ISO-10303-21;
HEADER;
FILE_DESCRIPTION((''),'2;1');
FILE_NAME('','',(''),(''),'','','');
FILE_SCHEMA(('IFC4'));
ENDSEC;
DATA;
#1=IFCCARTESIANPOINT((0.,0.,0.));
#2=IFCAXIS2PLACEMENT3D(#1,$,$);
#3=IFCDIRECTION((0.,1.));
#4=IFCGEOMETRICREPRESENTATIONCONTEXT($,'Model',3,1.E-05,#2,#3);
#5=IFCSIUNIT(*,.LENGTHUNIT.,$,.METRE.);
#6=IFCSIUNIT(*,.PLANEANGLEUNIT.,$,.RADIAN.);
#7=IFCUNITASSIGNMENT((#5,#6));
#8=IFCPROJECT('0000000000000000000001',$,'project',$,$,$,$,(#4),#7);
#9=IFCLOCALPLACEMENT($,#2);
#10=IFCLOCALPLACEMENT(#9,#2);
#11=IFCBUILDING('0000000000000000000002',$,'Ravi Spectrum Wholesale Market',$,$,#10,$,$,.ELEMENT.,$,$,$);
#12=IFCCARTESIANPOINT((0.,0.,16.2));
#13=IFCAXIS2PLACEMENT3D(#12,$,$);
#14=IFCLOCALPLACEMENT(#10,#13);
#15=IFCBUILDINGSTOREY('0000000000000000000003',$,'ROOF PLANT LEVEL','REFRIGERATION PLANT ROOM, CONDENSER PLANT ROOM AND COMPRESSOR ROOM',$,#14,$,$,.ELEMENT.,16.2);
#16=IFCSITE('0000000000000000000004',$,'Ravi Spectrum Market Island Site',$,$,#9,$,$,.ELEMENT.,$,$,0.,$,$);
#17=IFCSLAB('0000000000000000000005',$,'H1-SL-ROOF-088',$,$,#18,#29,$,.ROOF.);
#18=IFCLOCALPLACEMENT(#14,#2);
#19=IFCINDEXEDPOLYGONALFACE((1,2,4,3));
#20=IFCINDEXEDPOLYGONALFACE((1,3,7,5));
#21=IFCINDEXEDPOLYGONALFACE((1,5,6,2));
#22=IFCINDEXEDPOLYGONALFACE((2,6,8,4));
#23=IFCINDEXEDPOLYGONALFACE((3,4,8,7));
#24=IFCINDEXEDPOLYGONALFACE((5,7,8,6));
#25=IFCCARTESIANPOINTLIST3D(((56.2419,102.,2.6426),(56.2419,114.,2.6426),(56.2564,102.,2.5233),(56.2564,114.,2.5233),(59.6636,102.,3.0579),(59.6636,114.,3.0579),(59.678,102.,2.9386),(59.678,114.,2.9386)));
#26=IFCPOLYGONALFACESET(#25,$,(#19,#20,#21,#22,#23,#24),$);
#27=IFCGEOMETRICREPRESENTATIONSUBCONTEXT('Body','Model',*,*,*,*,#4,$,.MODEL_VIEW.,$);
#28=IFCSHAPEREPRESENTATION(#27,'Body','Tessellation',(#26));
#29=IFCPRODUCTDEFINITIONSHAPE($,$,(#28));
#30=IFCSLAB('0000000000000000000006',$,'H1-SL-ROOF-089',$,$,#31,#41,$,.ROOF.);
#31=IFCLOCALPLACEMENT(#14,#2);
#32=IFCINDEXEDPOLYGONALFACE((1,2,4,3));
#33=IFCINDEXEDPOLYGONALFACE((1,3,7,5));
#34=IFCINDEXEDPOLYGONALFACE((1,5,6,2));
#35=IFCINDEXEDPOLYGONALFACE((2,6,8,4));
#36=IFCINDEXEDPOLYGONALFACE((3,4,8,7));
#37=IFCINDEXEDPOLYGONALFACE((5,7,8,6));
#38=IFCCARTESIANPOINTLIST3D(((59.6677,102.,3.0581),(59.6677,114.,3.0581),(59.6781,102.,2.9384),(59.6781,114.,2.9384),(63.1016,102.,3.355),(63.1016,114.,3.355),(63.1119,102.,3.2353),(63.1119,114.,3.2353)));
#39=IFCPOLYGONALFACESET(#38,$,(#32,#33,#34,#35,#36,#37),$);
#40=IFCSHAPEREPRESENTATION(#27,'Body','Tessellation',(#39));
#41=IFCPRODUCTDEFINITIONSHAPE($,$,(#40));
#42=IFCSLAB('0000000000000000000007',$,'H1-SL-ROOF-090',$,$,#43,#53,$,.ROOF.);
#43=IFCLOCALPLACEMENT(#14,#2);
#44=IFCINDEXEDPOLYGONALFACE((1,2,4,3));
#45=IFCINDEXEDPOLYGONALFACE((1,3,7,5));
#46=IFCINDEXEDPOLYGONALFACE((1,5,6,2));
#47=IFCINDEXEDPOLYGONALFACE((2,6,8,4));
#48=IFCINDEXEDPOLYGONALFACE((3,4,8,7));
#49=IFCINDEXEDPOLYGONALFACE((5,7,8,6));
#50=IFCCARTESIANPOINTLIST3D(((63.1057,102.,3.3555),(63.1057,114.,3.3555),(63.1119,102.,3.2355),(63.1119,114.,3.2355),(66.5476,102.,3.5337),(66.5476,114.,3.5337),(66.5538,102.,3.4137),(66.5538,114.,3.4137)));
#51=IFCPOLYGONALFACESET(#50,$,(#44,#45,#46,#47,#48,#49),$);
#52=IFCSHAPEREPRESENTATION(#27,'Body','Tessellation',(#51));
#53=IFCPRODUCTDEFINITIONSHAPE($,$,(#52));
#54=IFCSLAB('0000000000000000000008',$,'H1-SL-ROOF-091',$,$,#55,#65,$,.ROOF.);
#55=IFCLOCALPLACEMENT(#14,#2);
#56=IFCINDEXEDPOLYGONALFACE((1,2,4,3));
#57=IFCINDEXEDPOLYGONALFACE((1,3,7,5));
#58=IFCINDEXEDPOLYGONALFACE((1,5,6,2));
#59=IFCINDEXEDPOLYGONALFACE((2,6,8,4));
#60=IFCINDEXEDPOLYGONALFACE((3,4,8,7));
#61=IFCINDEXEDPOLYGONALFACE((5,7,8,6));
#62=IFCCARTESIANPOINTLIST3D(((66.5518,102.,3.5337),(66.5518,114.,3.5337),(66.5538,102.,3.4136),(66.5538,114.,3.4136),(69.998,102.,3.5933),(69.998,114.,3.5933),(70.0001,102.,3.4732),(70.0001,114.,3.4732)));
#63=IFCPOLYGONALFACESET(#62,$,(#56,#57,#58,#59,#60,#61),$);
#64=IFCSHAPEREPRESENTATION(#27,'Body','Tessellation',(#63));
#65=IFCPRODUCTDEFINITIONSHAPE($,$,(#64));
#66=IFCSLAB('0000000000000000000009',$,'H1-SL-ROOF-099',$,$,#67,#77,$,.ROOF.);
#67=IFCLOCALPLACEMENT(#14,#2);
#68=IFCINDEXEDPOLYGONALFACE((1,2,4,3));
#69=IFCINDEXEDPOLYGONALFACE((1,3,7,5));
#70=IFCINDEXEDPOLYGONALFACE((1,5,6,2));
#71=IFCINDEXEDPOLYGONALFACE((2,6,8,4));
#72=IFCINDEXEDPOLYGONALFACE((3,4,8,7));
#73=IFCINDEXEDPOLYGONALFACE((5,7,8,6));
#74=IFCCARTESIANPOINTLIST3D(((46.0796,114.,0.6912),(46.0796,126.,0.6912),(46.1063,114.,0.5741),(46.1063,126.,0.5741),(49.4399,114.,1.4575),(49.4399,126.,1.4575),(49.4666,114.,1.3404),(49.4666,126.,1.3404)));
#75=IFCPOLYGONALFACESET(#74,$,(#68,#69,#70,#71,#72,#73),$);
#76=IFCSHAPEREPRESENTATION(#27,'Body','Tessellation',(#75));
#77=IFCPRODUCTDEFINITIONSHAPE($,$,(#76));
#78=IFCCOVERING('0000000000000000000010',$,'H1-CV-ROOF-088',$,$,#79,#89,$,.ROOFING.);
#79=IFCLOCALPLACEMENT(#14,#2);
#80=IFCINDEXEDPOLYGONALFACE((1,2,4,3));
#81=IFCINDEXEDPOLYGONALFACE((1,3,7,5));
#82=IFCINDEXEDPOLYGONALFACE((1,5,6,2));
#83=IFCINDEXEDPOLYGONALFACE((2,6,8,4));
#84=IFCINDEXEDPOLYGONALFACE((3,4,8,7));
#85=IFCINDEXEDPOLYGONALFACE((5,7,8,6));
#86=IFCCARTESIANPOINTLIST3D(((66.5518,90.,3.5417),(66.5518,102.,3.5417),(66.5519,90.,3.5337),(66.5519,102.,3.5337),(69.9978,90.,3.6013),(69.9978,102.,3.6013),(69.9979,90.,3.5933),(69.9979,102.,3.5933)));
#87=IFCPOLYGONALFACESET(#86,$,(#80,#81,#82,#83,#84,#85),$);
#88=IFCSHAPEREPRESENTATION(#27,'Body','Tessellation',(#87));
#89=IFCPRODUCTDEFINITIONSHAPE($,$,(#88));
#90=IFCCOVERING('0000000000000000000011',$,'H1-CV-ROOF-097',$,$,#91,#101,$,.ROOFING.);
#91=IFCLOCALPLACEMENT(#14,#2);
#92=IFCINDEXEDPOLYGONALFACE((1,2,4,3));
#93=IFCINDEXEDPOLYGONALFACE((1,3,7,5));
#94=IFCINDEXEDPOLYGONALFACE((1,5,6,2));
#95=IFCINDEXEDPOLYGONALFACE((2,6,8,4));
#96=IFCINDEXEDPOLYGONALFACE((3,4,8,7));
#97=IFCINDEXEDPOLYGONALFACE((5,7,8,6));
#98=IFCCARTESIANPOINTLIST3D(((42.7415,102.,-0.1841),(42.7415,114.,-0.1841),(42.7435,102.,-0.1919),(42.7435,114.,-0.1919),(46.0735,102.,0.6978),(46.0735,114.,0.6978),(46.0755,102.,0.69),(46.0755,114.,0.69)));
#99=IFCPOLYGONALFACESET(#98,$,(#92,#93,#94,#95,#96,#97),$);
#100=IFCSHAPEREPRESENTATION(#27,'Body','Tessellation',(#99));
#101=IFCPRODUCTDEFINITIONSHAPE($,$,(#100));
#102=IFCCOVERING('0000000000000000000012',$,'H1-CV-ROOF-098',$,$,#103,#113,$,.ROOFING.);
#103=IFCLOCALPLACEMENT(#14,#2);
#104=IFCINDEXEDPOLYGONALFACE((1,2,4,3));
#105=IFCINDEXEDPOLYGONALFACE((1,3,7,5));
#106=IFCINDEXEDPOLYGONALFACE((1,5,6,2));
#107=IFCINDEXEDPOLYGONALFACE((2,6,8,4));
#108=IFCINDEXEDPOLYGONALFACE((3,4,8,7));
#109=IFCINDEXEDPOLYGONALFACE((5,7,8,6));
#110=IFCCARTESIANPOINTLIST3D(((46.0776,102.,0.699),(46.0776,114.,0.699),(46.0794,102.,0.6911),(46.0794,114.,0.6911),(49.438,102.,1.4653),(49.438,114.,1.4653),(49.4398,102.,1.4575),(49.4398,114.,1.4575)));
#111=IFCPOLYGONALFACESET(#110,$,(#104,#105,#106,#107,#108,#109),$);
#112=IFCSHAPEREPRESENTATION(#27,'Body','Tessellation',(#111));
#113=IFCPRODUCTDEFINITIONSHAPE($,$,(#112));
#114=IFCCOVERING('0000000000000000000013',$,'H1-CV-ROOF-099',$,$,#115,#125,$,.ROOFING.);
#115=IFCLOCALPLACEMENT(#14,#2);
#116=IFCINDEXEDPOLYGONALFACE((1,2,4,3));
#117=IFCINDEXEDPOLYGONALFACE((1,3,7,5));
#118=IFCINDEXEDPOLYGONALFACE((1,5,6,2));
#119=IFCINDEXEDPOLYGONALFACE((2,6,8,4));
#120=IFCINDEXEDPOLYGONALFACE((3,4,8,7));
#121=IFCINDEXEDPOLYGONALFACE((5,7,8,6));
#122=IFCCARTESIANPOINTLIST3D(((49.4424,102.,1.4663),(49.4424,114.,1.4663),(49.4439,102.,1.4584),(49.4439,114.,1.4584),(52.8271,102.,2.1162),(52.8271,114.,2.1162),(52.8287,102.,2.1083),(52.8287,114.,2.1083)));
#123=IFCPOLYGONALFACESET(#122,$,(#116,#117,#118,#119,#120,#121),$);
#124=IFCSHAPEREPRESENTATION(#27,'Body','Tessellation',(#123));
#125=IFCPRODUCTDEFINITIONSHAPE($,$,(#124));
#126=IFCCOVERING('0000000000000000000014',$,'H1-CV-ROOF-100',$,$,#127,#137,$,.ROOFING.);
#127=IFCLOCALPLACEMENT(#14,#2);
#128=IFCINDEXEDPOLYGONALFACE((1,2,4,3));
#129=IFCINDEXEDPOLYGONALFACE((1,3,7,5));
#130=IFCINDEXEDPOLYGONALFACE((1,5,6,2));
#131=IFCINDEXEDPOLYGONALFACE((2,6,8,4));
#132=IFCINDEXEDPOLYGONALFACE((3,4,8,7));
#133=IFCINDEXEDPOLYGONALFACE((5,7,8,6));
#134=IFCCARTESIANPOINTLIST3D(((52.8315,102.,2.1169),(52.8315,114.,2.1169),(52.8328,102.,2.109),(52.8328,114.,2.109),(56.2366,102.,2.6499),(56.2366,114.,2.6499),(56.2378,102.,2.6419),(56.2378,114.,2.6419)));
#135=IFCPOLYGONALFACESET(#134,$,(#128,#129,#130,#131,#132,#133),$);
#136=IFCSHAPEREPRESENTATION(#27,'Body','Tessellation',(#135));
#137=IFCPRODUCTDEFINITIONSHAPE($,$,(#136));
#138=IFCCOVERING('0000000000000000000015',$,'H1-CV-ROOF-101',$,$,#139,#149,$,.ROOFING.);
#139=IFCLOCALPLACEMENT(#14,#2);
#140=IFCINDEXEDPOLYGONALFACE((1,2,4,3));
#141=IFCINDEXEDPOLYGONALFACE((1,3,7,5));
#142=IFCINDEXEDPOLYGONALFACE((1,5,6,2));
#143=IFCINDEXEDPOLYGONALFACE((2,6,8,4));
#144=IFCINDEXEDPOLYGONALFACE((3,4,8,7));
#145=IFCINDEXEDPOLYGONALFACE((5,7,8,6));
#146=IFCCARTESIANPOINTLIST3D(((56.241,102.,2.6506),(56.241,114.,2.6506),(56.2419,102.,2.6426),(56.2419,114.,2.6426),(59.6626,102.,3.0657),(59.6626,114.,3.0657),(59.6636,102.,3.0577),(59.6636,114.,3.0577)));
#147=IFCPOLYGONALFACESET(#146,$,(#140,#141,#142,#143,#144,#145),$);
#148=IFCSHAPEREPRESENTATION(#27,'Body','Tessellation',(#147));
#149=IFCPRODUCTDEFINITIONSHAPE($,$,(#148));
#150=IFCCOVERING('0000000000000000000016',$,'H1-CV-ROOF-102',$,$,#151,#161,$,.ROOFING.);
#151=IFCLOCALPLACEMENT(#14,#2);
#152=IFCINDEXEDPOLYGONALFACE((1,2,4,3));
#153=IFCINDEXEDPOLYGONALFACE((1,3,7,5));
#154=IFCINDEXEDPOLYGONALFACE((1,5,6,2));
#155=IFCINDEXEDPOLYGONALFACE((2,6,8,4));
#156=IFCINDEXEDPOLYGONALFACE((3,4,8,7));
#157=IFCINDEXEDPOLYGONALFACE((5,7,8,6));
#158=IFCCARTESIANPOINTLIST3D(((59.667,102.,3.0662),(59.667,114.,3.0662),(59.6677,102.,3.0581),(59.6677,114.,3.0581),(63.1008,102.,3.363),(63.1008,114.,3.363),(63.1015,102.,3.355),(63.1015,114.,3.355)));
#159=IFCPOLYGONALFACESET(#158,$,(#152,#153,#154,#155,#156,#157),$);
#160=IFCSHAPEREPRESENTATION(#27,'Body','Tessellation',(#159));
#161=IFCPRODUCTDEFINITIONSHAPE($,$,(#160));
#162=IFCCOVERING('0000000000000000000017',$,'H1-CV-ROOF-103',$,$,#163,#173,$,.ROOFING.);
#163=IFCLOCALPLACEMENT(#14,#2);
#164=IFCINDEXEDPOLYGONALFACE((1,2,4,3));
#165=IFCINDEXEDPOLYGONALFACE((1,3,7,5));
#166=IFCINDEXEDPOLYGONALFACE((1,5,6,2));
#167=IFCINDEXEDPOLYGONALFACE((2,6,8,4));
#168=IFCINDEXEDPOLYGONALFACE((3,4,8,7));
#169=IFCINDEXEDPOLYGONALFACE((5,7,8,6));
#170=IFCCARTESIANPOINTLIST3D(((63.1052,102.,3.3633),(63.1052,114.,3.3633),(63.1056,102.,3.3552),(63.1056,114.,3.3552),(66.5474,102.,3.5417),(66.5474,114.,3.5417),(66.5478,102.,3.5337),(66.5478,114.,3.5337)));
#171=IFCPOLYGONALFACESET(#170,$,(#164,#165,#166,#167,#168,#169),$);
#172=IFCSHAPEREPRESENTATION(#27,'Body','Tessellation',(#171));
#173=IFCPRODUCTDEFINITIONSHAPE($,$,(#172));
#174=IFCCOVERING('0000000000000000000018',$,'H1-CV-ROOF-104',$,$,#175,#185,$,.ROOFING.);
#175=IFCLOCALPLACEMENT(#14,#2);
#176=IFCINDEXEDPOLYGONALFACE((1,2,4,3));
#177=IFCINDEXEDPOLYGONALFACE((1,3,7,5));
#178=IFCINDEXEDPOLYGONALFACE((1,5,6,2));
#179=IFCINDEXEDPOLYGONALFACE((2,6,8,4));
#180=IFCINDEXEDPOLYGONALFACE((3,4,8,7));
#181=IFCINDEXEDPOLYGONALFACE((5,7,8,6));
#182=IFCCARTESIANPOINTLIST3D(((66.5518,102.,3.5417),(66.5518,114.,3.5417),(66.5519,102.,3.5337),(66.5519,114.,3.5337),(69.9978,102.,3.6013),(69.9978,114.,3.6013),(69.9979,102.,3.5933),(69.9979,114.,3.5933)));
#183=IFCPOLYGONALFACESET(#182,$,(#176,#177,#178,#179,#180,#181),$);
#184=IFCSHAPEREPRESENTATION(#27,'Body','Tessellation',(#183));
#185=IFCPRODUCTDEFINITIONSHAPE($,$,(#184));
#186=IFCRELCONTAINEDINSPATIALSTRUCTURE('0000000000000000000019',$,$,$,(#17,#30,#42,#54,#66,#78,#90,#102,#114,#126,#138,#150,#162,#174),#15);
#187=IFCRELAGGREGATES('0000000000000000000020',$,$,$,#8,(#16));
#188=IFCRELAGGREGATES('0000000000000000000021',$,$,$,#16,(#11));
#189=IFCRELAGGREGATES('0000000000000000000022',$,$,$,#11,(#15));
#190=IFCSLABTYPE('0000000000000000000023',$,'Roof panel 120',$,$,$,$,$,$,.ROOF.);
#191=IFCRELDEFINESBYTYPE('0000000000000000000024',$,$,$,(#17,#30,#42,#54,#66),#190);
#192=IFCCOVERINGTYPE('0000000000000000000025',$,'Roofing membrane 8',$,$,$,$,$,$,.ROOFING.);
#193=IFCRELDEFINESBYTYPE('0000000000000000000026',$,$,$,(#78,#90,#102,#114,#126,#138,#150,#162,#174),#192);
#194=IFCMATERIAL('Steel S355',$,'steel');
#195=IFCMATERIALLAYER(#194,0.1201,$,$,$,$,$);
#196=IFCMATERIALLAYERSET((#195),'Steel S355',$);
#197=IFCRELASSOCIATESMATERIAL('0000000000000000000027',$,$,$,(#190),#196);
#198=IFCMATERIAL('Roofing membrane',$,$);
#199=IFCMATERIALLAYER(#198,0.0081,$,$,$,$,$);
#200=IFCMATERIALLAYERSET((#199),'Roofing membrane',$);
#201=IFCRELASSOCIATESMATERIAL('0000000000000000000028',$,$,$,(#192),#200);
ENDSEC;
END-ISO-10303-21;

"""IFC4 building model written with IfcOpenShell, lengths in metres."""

from ifc_helpers import new_model, si_unit, direction, frame, origin, place, context, subcontext, project, spatial, polyline, outline, extrude, material, layer, layer_set, type_object, element, save


model = new_model("IFC4")

# Units and contexts
model_context = context("Model", 3, precision=1e-05, world=origin(), true_north=direction((0.0, 1.0)))
body_context = subcontext(model_context, "Body", "Model", "MODEL_VIEW")
ifc_project = project(units=[si_unit("LENGTHUNIT", "METRE"), si_unit("PLANEANGLEUNIT", "RADIAN")], contexts=[model_context])

# Site, building, storey
site_placement = place(None, origin())
site = spatial("IfcSite", under=ifc_project, at=site_placement, Name="Ravi Spectrum Market Island Site", CompositionType="ELEMENT", RefElevation=0.0)
building_placement = place(site_placement, origin())
building = spatial("IfcBuilding", under=site, at=building_placement, Name="Ravi Spectrum Wholesale Market", CompositionType="ELEMENT")
storey_placement = place(building_placement, frame((0.0, 0.0, 16.2)))
storey = spatial("IfcBuildingStorey", under=building, at=storey_placement, Name="ROOF PLANT LEVEL", Description="REFRIGERATION PLANT ROOM, CONDENSER PLANT ROOM AND COMPRESSOR ROOM", CompositionType="ELEMENT", Elevation=16.2)

# Slabs
ifc_material_1 = material(Name="Steel S355", Category="steel")
ifc_layer_1 = layer(ifc_material_1, 0.1201)
ifc_layer_set_1 = layer_set([ifc_layer_1], Name="Steel S355")
slab_type = type_object("IfcSlabType", Name="Roof panel 120", PredefinedType="ROOF", material=ifc_layer_set_1)
slab_1_placement = place(storey_placement, frame((56.2419, 102.0, 2.6426), z_axis=(-0.120486, 0.0, 0.992715), x_axis=(0.992715, 0.0, 0.120486)))
element("IfcSlab", 1, at=slab_1_placement, inside=storey, type_object=slab_type, Name="H1-SL-ROOF-088", PredefinedType="ROOF", context=body_context, shape_type="SweptSolid", body=[
    extrude(outline(polyline([(0.0, 0.0), (3.4467, 0.0), (3.4467, 12.0), (0.0, 12.0), (0.0, 0.0)])), origin(), (0.0, 0.0, -1.0), 0.1201),
])
slab_2_placement = place(storey_placement, frame((59.6677, 102.0, 3.0581), z_axis=(-0.086134, 0.0, 0.996284), x_axis=(0.996284, 0.0, 0.086134)))
element("IfcSlab", 2, at=slab_2_placement, inside=storey, type_object=slab_type, Name="H1-SL-ROOF-089", PredefinedType="ROOF", context=body_context, shape_type="SweptSolid", body=[
    extrude(outline(polyline([(0.0, 0.0), (3.4466, 0.0), (3.4466, 12.0), (0.0, 12.0), (0.0, 0.0)])), origin(), (0.0, 0.0, -1.0), 0.1201),
])
slab_3_placement = place(storey_placement, frame((63.1057, 102.0, 3.3555), z_axis=(-0.051711, 0.0, 0.998662), x_axis=(0.998662, 0.0, 0.051711)))
element("IfcSlab", 3, at=slab_3_placement, inside=storey, type_object=slab_type, Name="H1-SL-ROOF-090", PredefinedType="ROOF", context=body_context, shape_type="SweptSolid", body=[
    extrude(outline(polyline([(0.0, 0.0), (3.4465, 0.0), (3.4465, 12.0), (0.0, 12.0), (0.0, 0.0)])), origin(), (0.0, 0.0, -1.0), 0.1201),
])
slab_4_placement = place(storey_placement, frame((66.5518, 102.0, 3.5337), z_axis=(-0.017283, 0.0, 0.999851), x_axis=(0.999851, 0.0, 0.017283)))
element("IfcSlab", 4, at=slab_4_placement, inside=storey, type_object=slab_type, Name="H1-SL-ROOF-091", PredefinedType="ROOF", context=body_context, shape_type="SweptSolid", body=[
    extrude(outline(polyline([(0.0, 0.0), (3.4468, 0.0), (3.4468, 12.0), (0.0, 12.0), (0.0, 0.0)])), origin(), (0.0, 0.0, -1.0), 0.1201),
])
slab_5_placement = place(storey_placement, frame((46.0796, 114.0, 0.6912), z_axis=(-0.22235, 0.0, 0.974967), x_axis=(0.974967, 0.0, 0.22235)))
element("IfcSlab", 5, at=slab_5_placement, inside=storey, type_object=slab_type, Name="H1-SL-ROOF-099", PredefinedType="ROOF", context=body_context, shape_type="SweptSolid", body=[
    extrude(outline(polyline([(0.0, 0.0), (3.4466, 0.0), (3.4466, 12.0), (0.0, 12.0), (0.0, 0.0)])), origin(), (0.0, 0.0, -1.0), 0.1201),
])

# Coverings
ifc_material_2 = material(Name="Roofing membrane")
ifc_layer_2 = layer(ifc_material_2, 0.0081)
ifc_layer_set_2 = layer_set([ifc_layer_2], Name="Roofing membrane")
covering_type = type_object("IfcCoveringType", Name="Roofing membrane 8", PredefinedType="ROOFING", material=ifc_layer_set_2)
covering_1_placement = place(storey_placement, frame((66.5518, 90.0, 3.5417), z_axis=(-0.017284, 0.0, 0.999851), x_axis=(0.999851, 0.0, 0.017284)))
element("IfcCovering", 6, at=covering_1_placement, inside=storey, type_object=covering_type, Name="H1-CV-ROOF-088", PredefinedType="ROOFING", context=body_context, shape_type="SweptSolid", body=[
    extrude(outline(polyline([(0.0, 0.0), (3.4466, 0.0), (3.4466, 12.0), (0.0, 12.0), (0.0, 0.0)])), origin(), (0.0, 0.0, -1.0), 0.0081),
])
covering_2_placement = place(storey_placement, frame((42.7415, 102.0, -0.1841), z_axis=(-0.255846, 0.0, 0.966718), x_axis=(0.966718, 0.0, 0.255846)))
element("IfcCovering", 7, at=covering_2_placement, inside=storey, type_object=covering_type, Name="H1-CV-ROOF-097", PredefinedType="ROOFING", context=body_context, shape_type="SweptSolid", body=[
    extrude(outline(polyline([(0.0, 0.0), (3.4467, 0.0), (3.4467, 12.0), (0.0, 12.0), (0.0, 0.0)])), origin(), (0.0, 0.0, -1.0), 0.0081),
])
covering_3_placement = place(storey_placement, frame((46.0776, 102.0, 0.699), z_axis=(-0.22235, 0.0, 0.974967), x_axis=(0.974967, 0.0, 0.22235)))
element("IfcCovering", 8, at=covering_3_placement, inside=storey, type_object=covering_type, Name="H1-CV-ROOF-098", PredefinedType="ROOFING", context=body_context, shape_type="SweptSolid", body=[
    extrude(outline(polyline([(0.0, 0.0), (3.4466, 0.0), (3.4466, 12.0), (0.0, 12.0), (0.0, 0.0)])), origin(), (0.0, 0.0, -1.0), 0.0081),
])
covering_4_placement = place(storey_placement, frame((49.4424, 102.0, 1.4663), z_axis=(-0.188564, 0.0, 0.982061), x_axis=(0.982061, 0.0, 0.188564)))
element("IfcCovering", 9, at=covering_4_placement, inside=storey, type_object=covering_type, Name="H1-CV-ROOF-099", PredefinedType="ROOFING", context=body_context, shape_type="SweptSolid", body=[
    extrude(outline(polyline([(0.0, 0.0), (3.4466, 0.0), (3.4466, 12.0), (0.0, 12.0), (0.0, 0.0)])), origin(), (0.0, 0.0, -1.0), 0.0081),
])
covering_5_placement = place(storey_placement, frame((52.8315, 102.0, 2.1169), z_axis=(-0.154638, 0.0, 0.987971), x_axis=(0.987971, 0.0, 0.154638)))
element("IfcCovering", 10, at=covering_5_placement, inside=storey, type_object=covering_type, Name="H1-CV-ROOF-100", PredefinedType="ROOFING", context=body_context, shape_type="SweptSolid", body=[
    extrude(outline(polyline([(0.0, 0.0), (3.4465, 0.0), (3.4465, 12.0), (0.0, 12.0), (0.0, 0.0)])), origin(), (0.0, 0.0, -1.0), 0.0081),
])
covering_6_placement = place(storey_placement, frame((56.241, 102.0, 2.6506), z_axis=(-0.120416, 0.0, 0.992724), x_axis=(0.992724, 0.0, 0.120416)))
element("IfcCovering", 11, at=covering_6_placement, inside=storey, type_object=covering_type, Name="H1-CV-ROOF-101", PredefinedType="ROOFING", context=body_context, shape_type="SweptSolid", body=[
    extrude(outline(polyline([(0.0, 0.0), (3.4467, 0.0), (3.4467, 12.0), (0.0, 12.0), (0.0, 0.0)])), origin(), (0.0, 0.0, -1.0), 0.0081),
])
covering_7_placement = place(storey_placement, frame((59.667, 102.0, 3.0662), z_axis=(-0.086134, 0.0, 0.996284), x_axis=(0.996284, 0.0, 0.086134)))
element("IfcCovering", 12, at=covering_7_placement, inside=storey, type_object=covering_type, Name="H1-CV-ROOF-102", PredefinedType="ROOFING", context=body_context, shape_type="SweptSolid", body=[
    extrude(outline(polyline([(0.0, 0.0), (3.4466, 0.0), (3.4466, 12.0), (0.0, 12.0), (0.0, 0.0)])), origin(), (0.0, 0.0, -1.0), 0.0081),
])
covering_8_placement = place(storey_placement, frame((63.1052, 102.0, 3.3633), z_axis=(-0.051778, 0.0, 0.998659), x_axis=(0.998659, 0.0, 0.051778)))
element("IfcCovering", 13, at=covering_8_placement, inside=storey, type_object=covering_type, Name="H1-CV-ROOF-103", PredefinedType="ROOFING", context=body_context, shape_type="SweptSolid", body=[
    extrude(outline(polyline([(0.0, 0.0), (3.4468, 0.0), (3.4468, 12.0), (0.0, 12.0), (0.0, 0.0)])), origin(), (0.0, 0.0, -1.0), 0.0081),
])
covering_9_placement = place(storey_placement, frame((66.5518, 102.0, 3.5417), z_axis=(-0.017284, 0.0, 0.999851), x_axis=(0.999851, 0.0, 0.017284)))
element("IfcCovering", 14, at=covering_9_placement, inside=storey, type_object=covering_type, Name="H1-CV-ROOF-104", PredefinedType="ROOFING", context=body_context, shape_type="SweptSolid", body=[
    extrude(outline(polyline([(0.0, 0.0), (3.4466, 0.0), (3.4466, 12.0), (0.0, 12.0), (0.0, 0.0)])), origin(), (0.0, 0.0, -1.0), 0.0081),
])

save(model, "model.ifc")
